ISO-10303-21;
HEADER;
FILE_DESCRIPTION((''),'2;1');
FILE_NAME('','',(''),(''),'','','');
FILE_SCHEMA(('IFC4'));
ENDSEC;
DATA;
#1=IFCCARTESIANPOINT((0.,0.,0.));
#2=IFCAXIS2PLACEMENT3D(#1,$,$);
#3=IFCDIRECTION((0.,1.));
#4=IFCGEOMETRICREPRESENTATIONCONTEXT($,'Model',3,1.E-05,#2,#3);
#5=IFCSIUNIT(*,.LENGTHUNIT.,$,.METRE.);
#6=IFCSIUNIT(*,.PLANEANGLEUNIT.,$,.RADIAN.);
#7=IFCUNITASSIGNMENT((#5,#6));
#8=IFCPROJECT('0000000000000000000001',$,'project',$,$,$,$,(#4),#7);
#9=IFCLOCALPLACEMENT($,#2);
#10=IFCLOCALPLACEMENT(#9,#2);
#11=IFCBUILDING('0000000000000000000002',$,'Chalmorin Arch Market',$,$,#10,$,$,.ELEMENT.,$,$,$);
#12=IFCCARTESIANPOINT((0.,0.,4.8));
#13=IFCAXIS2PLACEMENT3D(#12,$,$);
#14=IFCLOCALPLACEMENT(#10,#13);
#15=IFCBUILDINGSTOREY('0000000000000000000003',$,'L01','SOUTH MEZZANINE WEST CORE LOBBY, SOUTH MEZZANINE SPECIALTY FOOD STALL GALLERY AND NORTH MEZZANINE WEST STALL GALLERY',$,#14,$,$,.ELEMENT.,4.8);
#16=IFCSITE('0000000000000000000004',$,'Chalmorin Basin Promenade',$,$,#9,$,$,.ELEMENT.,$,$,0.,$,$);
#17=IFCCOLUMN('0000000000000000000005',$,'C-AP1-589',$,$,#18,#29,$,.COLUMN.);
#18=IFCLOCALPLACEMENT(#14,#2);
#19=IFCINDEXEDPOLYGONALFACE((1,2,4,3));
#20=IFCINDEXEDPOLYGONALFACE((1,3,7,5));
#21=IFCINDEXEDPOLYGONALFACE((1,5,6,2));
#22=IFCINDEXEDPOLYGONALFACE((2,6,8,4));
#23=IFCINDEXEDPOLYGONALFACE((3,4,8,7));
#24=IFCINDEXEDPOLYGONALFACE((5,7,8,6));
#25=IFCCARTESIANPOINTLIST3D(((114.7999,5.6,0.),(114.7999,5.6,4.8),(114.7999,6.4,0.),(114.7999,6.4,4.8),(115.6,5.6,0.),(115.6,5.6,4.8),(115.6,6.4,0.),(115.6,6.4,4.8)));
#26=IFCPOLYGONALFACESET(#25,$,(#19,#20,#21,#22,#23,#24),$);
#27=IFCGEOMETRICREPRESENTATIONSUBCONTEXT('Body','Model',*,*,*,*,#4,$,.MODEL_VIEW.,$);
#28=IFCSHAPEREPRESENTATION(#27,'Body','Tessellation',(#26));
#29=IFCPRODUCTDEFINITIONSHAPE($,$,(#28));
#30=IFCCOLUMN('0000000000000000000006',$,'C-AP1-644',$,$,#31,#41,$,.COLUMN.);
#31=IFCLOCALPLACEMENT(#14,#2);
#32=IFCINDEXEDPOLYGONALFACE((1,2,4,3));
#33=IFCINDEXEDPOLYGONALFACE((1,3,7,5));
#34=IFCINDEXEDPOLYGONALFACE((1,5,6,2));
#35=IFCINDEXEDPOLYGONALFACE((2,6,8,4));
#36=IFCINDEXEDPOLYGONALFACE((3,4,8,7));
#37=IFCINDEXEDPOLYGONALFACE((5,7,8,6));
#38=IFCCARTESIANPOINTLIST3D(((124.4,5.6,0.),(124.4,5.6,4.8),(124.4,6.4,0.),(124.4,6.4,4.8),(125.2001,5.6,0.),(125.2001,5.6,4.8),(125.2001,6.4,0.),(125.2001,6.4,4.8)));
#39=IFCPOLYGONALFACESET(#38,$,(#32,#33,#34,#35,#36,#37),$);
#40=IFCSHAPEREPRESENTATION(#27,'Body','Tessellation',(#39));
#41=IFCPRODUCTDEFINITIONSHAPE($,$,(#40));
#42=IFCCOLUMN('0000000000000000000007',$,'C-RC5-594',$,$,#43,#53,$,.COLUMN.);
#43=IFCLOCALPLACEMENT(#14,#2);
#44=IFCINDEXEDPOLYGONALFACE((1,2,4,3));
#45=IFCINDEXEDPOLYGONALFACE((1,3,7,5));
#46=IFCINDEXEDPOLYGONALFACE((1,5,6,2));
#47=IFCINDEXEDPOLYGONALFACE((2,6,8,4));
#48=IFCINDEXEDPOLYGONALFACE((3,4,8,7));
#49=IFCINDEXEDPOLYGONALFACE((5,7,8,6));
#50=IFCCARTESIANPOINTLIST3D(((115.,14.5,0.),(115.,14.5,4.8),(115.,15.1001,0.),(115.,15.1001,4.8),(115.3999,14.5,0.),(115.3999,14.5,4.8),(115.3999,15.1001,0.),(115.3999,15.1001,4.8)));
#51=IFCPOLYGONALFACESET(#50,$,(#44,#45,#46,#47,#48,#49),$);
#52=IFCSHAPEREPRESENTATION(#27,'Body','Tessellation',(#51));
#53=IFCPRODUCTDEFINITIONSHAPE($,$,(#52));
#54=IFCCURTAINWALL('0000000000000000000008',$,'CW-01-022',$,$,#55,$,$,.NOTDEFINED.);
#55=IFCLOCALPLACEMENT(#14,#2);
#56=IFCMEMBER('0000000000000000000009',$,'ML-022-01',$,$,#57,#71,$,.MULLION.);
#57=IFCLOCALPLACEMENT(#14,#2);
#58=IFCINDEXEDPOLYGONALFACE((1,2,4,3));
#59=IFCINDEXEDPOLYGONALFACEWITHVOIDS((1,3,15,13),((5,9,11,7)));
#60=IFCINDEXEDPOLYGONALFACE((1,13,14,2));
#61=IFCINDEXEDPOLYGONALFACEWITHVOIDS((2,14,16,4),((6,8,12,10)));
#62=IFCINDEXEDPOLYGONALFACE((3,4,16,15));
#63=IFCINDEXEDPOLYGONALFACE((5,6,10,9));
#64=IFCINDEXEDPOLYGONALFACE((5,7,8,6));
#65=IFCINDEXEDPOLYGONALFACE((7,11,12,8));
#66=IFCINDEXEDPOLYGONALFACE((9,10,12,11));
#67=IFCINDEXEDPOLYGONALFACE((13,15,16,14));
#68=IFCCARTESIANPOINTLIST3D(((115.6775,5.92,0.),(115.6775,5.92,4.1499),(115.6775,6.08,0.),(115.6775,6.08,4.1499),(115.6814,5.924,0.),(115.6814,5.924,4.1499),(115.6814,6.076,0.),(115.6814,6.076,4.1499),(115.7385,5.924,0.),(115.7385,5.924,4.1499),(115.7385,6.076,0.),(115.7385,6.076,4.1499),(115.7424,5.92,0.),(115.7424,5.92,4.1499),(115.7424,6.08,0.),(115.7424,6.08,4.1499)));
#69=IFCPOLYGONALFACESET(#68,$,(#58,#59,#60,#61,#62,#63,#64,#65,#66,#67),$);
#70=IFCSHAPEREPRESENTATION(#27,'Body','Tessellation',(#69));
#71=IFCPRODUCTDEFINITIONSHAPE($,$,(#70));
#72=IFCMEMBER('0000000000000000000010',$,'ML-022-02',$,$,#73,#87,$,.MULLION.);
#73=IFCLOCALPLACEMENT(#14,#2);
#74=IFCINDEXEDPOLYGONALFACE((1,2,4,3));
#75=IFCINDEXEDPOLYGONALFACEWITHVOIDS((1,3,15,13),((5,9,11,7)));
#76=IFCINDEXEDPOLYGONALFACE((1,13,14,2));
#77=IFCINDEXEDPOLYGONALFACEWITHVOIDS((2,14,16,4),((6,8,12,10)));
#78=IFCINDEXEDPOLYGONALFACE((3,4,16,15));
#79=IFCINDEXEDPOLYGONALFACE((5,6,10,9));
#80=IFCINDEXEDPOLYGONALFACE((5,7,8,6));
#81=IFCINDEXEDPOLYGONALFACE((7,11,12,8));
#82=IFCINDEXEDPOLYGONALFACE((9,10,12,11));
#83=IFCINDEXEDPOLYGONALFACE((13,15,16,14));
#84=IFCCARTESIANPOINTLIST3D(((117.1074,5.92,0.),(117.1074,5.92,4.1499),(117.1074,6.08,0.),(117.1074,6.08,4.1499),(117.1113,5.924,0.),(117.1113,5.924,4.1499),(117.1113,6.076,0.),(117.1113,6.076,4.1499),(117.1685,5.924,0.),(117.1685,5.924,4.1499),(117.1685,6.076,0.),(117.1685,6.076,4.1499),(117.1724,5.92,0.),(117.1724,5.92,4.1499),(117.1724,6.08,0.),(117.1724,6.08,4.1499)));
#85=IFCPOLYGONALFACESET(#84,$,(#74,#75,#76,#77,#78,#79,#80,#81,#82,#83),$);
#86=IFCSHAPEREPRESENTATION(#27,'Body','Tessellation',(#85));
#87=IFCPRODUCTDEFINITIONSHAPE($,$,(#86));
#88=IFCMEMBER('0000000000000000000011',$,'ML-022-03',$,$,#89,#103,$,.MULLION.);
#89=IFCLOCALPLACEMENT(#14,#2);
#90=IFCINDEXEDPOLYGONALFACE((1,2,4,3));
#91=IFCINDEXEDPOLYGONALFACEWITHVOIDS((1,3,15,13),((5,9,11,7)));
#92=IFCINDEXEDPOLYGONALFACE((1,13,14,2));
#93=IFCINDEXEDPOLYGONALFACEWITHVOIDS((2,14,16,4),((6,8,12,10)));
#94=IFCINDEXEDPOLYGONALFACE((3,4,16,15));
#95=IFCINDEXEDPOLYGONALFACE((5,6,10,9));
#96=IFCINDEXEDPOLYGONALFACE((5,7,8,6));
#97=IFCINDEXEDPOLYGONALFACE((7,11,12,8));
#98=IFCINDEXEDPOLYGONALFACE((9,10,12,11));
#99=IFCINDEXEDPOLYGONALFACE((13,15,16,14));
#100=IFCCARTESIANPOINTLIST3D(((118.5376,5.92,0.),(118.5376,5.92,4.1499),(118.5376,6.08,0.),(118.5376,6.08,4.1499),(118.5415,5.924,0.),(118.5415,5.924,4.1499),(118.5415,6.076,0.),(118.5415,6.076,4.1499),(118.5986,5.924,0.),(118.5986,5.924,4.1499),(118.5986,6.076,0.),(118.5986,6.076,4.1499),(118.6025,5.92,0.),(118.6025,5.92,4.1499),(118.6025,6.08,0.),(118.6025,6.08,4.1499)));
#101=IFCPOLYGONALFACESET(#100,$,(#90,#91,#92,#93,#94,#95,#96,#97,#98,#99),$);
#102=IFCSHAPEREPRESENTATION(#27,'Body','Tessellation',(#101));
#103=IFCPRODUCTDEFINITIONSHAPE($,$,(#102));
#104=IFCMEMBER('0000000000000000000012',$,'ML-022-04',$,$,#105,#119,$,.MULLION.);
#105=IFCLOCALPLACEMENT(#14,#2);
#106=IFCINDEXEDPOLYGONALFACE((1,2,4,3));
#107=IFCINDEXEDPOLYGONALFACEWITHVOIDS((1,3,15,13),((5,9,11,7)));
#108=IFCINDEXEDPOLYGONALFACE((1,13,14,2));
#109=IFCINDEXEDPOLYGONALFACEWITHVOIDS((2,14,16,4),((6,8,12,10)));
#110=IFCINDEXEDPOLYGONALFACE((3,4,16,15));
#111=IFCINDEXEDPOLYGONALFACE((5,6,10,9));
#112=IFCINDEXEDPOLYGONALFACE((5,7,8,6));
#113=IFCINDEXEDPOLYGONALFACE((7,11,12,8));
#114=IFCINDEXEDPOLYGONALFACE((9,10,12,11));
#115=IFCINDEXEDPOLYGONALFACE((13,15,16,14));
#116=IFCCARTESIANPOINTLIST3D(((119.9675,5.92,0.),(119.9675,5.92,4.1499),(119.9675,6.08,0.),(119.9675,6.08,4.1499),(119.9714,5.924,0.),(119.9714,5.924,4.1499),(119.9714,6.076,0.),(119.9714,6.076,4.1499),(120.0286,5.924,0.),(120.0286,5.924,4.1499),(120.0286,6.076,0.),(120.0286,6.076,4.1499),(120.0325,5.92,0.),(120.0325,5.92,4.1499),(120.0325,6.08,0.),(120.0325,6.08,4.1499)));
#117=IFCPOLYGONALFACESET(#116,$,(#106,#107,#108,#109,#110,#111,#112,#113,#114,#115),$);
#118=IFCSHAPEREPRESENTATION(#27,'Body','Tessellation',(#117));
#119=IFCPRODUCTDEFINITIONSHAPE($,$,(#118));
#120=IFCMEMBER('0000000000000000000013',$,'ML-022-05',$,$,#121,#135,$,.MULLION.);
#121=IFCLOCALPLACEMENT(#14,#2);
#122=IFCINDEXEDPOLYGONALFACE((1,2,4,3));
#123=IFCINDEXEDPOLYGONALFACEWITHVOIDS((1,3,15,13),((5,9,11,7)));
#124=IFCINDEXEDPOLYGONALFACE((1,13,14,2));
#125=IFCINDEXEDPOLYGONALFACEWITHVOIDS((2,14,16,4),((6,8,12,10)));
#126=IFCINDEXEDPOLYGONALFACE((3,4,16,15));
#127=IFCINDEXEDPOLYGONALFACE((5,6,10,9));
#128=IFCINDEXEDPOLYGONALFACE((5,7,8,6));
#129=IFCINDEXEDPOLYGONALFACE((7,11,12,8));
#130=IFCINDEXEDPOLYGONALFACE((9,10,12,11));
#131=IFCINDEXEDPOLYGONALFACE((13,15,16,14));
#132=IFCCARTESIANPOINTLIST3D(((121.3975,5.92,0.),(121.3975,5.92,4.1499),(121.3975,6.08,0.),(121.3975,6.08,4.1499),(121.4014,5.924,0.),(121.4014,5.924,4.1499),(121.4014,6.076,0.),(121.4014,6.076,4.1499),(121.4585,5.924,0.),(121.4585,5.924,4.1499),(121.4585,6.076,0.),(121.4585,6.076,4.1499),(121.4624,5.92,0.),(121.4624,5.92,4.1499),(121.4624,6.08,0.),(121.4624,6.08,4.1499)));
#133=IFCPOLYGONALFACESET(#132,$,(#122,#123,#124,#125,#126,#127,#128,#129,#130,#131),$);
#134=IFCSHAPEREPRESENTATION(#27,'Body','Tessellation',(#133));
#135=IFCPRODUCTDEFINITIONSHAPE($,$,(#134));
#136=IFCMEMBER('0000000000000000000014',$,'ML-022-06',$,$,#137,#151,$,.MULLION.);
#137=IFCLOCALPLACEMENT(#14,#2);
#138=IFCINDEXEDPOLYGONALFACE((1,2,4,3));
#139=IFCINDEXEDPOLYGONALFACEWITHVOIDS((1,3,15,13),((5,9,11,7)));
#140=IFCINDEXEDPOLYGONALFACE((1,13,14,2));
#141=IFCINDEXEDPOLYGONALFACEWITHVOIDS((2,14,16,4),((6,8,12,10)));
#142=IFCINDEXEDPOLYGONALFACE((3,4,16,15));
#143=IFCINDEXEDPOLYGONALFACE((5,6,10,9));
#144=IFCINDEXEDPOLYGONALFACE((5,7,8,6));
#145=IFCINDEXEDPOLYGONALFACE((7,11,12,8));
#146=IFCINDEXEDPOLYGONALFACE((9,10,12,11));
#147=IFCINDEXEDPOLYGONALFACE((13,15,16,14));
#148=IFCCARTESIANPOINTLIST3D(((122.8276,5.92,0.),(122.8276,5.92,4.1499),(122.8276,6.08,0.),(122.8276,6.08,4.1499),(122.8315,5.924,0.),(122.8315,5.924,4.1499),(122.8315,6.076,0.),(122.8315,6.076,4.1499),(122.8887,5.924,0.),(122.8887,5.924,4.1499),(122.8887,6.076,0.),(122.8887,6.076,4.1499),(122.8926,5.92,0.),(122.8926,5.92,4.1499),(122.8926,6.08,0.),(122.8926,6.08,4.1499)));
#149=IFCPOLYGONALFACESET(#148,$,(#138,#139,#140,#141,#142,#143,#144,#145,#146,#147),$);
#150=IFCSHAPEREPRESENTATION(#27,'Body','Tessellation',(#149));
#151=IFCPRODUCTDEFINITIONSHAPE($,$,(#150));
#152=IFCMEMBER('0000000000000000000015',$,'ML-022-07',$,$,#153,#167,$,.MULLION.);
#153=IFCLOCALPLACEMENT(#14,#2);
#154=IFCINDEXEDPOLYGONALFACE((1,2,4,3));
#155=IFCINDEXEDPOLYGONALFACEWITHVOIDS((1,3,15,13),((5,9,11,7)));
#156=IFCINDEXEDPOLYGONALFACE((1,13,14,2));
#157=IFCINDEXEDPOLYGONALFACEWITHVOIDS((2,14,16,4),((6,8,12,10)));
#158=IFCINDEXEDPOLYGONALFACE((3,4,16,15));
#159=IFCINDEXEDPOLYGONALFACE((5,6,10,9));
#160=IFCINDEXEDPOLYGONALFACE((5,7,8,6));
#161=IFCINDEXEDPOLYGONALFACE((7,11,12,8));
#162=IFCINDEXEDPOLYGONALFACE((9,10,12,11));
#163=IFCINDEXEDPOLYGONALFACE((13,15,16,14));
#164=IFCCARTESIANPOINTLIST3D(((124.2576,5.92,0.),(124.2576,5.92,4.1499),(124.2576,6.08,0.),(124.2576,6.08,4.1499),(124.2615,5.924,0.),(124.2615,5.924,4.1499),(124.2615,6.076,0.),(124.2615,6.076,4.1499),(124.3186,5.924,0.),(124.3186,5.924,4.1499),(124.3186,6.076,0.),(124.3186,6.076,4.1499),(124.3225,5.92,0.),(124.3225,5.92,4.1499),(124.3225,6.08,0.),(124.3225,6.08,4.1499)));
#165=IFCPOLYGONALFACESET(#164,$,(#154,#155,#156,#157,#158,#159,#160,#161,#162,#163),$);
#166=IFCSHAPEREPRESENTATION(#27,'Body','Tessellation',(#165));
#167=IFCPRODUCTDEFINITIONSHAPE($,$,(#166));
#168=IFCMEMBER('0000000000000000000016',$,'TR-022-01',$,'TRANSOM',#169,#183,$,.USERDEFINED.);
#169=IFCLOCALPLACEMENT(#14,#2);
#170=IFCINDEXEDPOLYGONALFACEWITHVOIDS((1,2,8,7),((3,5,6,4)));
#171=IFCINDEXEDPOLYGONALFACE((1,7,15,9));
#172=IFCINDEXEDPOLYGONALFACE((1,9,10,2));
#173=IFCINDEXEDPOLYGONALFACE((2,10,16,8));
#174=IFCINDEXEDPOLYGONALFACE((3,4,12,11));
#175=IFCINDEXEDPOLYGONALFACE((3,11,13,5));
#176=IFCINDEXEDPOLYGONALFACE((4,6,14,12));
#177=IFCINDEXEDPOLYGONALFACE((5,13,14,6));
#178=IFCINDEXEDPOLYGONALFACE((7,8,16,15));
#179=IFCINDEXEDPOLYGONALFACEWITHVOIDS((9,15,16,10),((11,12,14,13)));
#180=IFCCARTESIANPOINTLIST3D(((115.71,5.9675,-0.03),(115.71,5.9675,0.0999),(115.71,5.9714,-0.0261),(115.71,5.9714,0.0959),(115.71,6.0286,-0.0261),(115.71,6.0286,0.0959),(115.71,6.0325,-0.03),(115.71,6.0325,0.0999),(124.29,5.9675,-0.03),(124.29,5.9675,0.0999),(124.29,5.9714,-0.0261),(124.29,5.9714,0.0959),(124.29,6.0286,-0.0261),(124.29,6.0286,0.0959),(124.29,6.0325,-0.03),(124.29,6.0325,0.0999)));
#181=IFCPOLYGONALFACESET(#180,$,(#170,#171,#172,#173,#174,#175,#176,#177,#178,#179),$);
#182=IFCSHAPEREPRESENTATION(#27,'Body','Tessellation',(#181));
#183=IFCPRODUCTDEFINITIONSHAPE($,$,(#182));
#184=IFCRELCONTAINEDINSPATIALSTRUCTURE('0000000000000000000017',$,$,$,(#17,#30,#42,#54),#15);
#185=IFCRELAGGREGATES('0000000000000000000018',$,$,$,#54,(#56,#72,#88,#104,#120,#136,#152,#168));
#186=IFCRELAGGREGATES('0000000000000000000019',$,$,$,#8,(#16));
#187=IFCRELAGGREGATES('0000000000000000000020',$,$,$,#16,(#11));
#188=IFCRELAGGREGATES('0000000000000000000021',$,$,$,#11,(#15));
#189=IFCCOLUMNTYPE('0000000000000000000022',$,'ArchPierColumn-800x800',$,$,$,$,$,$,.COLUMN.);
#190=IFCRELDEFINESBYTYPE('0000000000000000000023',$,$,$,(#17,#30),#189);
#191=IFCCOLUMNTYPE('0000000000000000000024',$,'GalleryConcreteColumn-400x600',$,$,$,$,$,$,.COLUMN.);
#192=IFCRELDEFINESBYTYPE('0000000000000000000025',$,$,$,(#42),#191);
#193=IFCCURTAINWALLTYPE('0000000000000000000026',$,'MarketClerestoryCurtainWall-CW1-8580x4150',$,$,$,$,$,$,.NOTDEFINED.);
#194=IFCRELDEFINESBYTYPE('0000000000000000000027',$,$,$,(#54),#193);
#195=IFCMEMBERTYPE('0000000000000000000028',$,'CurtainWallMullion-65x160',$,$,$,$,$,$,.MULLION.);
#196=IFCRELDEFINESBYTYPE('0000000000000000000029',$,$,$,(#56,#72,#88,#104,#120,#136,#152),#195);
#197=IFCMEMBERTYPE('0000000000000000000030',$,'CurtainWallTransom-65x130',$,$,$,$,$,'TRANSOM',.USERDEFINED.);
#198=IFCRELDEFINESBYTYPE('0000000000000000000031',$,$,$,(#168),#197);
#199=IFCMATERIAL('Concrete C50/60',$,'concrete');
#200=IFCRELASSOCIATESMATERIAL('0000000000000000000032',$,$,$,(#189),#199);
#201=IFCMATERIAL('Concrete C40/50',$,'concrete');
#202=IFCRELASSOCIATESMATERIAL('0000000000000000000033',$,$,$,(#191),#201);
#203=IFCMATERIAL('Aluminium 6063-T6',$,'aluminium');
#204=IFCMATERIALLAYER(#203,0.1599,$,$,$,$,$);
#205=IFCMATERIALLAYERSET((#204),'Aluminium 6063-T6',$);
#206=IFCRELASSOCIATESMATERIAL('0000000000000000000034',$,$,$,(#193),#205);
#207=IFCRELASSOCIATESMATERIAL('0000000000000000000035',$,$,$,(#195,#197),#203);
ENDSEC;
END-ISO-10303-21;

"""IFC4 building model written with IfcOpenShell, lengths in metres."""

from ifc_helpers import new_model, si_unit, direction, frame, origin, origin_2d, place, context, subcontext, project, spatial, rectangle, hollow_rectangle, extrude, material, layer, layer_set, material_profile, profile_set, type_object, element, aggregate, save


model = new_model("IFC4")

# Units and contexts
model_context = context("Model", 3, precision=1e-05, world=origin(), true_north=direction((0.0, 1.0)))
body_context = subcontext(model_context, "Body", "Model", "MODEL_VIEW")
ifc_project = project(units=[si_unit("LENGTHUNIT", "METRE"), si_unit("PLANEANGLEUNIT", "RADIAN")], contexts=[model_context])

# Site, building, storey
site_placement = place(None, origin())
site = spatial("IfcSite", under=ifc_project, at=site_placement, Name="Chalmorin Basin Promenade", CompositionType="ELEMENT", RefElevation=0.0)
building_placement = place(site_placement, origin())
building = spatial("IfcBuilding", under=site, at=building_placement, Name="Chalmorin Arch Market", CompositionType="ELEMENT")
storey_placement = place(building_placement, frame((0.0, 0.0, 4.8)))
storey = spatial("IfcBuildingStorey", under=building, at=storey_placement, Name="L01", Description="SOUTH MEZZANINE WEST CORE LOBBY, SOUTH MEZZANINE SPECIALTY FOOD STALL GALLERY AND NORTH MEZZANINE WEST STALL GALLERY", CompositionType="ELEMENT", Elevation=4.8)

# Columns
ifc_material_1 = material(Name="Concrete C50/60", Category="concrete")
ifc_material_profile_1 = material_profile(ifc_material_1, rectangle(XDim=0.8, YDim=0.8, at=origin_2d()), Name="RC800X800")
ifc_profile_set_1 = profile_set([ifc_material_profile_1], Name="Concrete C50/60")
column_type_1 = type_object("IfcColumnType", Name="ArchPierColumn-800x800", PredefinedType="COLUMN", material=ifc_profile_set_1)
for number, where, z_axis, x_axis, name in (
    (1, (115.2, 6.0, 0.0), (0.0, 0.0, 1.0), (1.0, 0.0, 0.0), "C-AP1-589"),
    (2, (124.8, 6.0, 0.0), (0.0, 0.0, 1.0), (1.0, 0.0, 0.0), "C-AP1-644"),
):
    element("IfcColumn", number, at=place(storey_placement, frame(where, z_axis=z_axis, x_axis=x_axis)), inside=storey, type_object=column_type_1, Name=name, PredefinedType="COLUMN", context=body_context, shape_type="SweptSolid", body=[
        extrude(rectangle(XDim=0.8, YDim=0.8, at=origin_2d()), origin(), (0.0, 0.0, 1.0), 4.8),
    ])
ifc_material_2 = material(Name="Concrete C40/50", Category="concrete")
ifc_material_profile_2 = material_profile(ifc_material_2, rectangle(XDim=0.3999, YDim=0.6001, at=origin_2d()), Name="RC400X600")
ifc_profile_set_2 = profile_set([ifc_material_profile_2], Name="Concrete C40/50")
column_type_2 = type_object("IfcColumnType", Name="GalleryConcreteColumn-400x600", PredefinedType="COLUMN", material=ifc_profile_set_2)
column_placement = place(storey_placement, frame((115.2, 14.8, 0.0), z_axis=(0.0, 0.0, 1.0), x_axis=(1.0, 0.0, 0.0)))
element("IfcColumn", 3, at=column_placement, inside=storey, type_object=column_type_2, Name="C-RC5-594", PredefinedType="COLUMN", context=body_context, shape_type="SweptSolid", body=[
    extrude(rectangle(XDim=0.3999, YDim=0.6001, at=origin_2d()), origin(), (0.0, 0.0, 1.0), 4.8),
])

# Curtain wall, members
ifc_material_3 = material(Name="Aluminium 6063-T6", Category="aluminium")
ifc_layer_1 = layer(ifc_material_3, 0.1599)
ifc_layer_set_1 = layer_set([ifc_layer_1], Name="Aluminium 6063-T6")
curtain_wall_type = type_object("IfcCurtainWallType", Name="MarketClerestoryCurtainWall-CW1-8580x4150", PredefinedType="NOTDEFINED", material=ifc_layer_set_1)
curtain_wall_placement = place(storey_placement, origin())
curtain_wall = element("IfcCurtainWall", 4, at=curtain_wall_placement, inside=storey, type_object=curtain_wall_type, Name="CW-01-022", PredefinedType="NOTDEFINED")
ifc_material_profile_3 = material_profile(ifc_material_3, hollow_rectangle(XDim=0.0649, YDim=0.1599, WallThickness=0.0039, at=origin_2d()), Name="ALU65X160X4")
ifc_profile_set_3 = profile_set([ifc_material_profile_3], Name="Aluminium 6063-T6")
member_type_1 = type_object("IfcMemberType", Name="CurtainWallMullion-65x160", PredefinedType="MULLION", material=ifc_profile_set_3)
member_1_placement = place(storey_placement, frame((115.71, 6.0, 0.0), z_axis=(0.0, 0.0, 1.0), x_axis=(1.0, 0.0, 0.0)))
member_1 = element("IfcMember", 5, at=member_1_placement, type_object=member_type_1, Name="ML-022-01", PredefinedType="MULLION", context=body_context, shape_type="SweptSolid", body=[
    extrude(hollow_rectangle(XDim=0.0649, YDim=0.1599, WallThickness=0.0039, at=origin_2d()), origin(), (0.0, 0.0, 1.0), 4.1499),
])
member_2_placement = place(storey_placement, frame((117.1399, 6.0, 0.0), z_axis=(0.0, 0.0, 1.0), x_axis=(1.0, 0.0, 0.0)))
member_2 = element("IfcMember", 6, at=member_2_placement, type_object=member_type_1, Name="ML-022-02", PredefinedType="MULLION", context=body_context, shape_type="SweptSolid", body=[
    extrude(hollow_rectangle(XDim=0.0649, YDim=0.1599, WallThickness=0.0039, at=origin_2d()), origin(), (0.0, 0.0, 1.0), 4.1499),
])
member_3_placement = place(storey_placement, frame((118.5701, 6.0, 0.0), z_axis=(0.0, 0.0, 1.0), x_axis=(1.0, 0.0, 0.0)))
member_3 = element("IfcMember", 7, at=member_3_placement, type_object=member_type_1, Name="ML-022-03", PredefinedType="MULLION", context=body_context, shape_type="SweptSolid", body=[
    extrude(hollow_rectangle(XDim=0.0649, YDim=0.1599, WallThickness=0.0039, at=origin_2d()), origin(), (0.0, 0.0, 1.0), 4.1499),
])
member_4_placement = place(storey_placement, frame((120.0, 6.0, 0.0), z_axis=(0.0, 0.0, 1.0), x_axis=(1.0, 0.0, 0.0)))
member_4 = element("IfcMember", 8, at=member_4_placement, type_object=member_type_1, Name="ML-022-04", PredefinedType="MULLION", context=body_context, shape_type="SweptSolid", body=[
    extrude(hollow_rectangle(XDim=0.0649, YDim=0.1599, WallThickness=0.0039, at=origin_2d()), origin(), (0.0, 0.0, 1.0), 4.1499),
])
member_5_placement = place(storey_placement, frame((121.4299, 6.0, 0.0), z_axis=(0.0, 0.0, 1.0), x_axis=(1.0, 0.0, 0.0)))
member_5 = element("IfcMember", 9, at=member_5_placement, type_object=member_type_1, Name="ML-022-05", PredefinedType="MULLION", context=body_context, shape_type="SweptSolid", body=[
    extrude(hollow_rectangle(XDim=0.0649, YDim=0.1599, WallThickness=0.0039, at=origin_2d()), origin(), (0.0, 0.0, 1.0), 4.1499),
])
member_6_placement = place(storey_placement, frame((122.8601, 6.0, 0.0), z_axis=(0.0, 0.0, 1.0), x_axis=(1.0, 0.0, 0.0)))
member_6 = element("IfcMember", 10, at=member_6_placement, type_object=member_type_1, Name="ML-022-06", PredefinedType="MULLION", context=body_context, shape_type="SweptSolid", body=[
    extrude(hollow_rectangle(XDim=0.0649, YDim=0.1599, WallThickness=0.0039, at=origin_2d()), origin(), (0.0, 0.0, 1.0), 4.1499),
])
member_7_placement = place(storey_placement, frame((124.29, 6.0, 0.0), z_axis=(0.0, 0.0, 1.0), x_axis=(1.0, 0.0, 0.0)))
member_7 = element("IfcMember", 11, at=member_7_placement, type_object=member_type_1, Name="ML-022-07", PredefinedType="MULLION", context=body_context, shape_type="SweptSolid", body=[
    extrude(hollow_rectangle(XDim=0.0649, YDim=0.1599, WallThickness=0.0039, at=origin_2d()), origin(), (0.0, 0.0, 1.0), 4.1499),
])
ifc_material_profile_4 = material_profile(ifc_material_3, hollow_rectangle(XDim=0.0649, YDim=0.1299, WallThickness=0.0039, at=origin_2d()), Name="ALU65X130X4")
ifc_profile_set_4 = profile_set([ifc_material_profile_4], Name="Aluminium 6063-T6")
member_type_2 = type_object("IfcMemberType", Name="CurtainWallTransom-65x130", ElementType="TRANSOM", PredefinedType="USERDEFINED", material=ifc_profile_set_4)
member_8_placement = place(storey_placement, frame((115.71, 6.0, 0.0349), z_axis=(1.0, 0.0, 0.0), x_axis=(0.0, 1.0, 0.0)))
member_8 = element("IfcMember", 12, at=member_8_placement, type_object=member_type_2, Name="TR-022-01", ObjectType="TRANSOM", PredefinedType="USERDEFINED", context=body_context, shape_type="SweptSolid", body=[
    extrude(hollow_rectangle(XDim=0.0649, YDim=0.1299, WallThickness=0.0039, at=origin_2d()), origin(), (0.0, 0.0, 1.0), 8.5801),
])

aggregate(curtain_wall, [member_1, member_2, member_3, member_4, member_5, member_6, member_7, member_8])

save(model, "model.ifc")
